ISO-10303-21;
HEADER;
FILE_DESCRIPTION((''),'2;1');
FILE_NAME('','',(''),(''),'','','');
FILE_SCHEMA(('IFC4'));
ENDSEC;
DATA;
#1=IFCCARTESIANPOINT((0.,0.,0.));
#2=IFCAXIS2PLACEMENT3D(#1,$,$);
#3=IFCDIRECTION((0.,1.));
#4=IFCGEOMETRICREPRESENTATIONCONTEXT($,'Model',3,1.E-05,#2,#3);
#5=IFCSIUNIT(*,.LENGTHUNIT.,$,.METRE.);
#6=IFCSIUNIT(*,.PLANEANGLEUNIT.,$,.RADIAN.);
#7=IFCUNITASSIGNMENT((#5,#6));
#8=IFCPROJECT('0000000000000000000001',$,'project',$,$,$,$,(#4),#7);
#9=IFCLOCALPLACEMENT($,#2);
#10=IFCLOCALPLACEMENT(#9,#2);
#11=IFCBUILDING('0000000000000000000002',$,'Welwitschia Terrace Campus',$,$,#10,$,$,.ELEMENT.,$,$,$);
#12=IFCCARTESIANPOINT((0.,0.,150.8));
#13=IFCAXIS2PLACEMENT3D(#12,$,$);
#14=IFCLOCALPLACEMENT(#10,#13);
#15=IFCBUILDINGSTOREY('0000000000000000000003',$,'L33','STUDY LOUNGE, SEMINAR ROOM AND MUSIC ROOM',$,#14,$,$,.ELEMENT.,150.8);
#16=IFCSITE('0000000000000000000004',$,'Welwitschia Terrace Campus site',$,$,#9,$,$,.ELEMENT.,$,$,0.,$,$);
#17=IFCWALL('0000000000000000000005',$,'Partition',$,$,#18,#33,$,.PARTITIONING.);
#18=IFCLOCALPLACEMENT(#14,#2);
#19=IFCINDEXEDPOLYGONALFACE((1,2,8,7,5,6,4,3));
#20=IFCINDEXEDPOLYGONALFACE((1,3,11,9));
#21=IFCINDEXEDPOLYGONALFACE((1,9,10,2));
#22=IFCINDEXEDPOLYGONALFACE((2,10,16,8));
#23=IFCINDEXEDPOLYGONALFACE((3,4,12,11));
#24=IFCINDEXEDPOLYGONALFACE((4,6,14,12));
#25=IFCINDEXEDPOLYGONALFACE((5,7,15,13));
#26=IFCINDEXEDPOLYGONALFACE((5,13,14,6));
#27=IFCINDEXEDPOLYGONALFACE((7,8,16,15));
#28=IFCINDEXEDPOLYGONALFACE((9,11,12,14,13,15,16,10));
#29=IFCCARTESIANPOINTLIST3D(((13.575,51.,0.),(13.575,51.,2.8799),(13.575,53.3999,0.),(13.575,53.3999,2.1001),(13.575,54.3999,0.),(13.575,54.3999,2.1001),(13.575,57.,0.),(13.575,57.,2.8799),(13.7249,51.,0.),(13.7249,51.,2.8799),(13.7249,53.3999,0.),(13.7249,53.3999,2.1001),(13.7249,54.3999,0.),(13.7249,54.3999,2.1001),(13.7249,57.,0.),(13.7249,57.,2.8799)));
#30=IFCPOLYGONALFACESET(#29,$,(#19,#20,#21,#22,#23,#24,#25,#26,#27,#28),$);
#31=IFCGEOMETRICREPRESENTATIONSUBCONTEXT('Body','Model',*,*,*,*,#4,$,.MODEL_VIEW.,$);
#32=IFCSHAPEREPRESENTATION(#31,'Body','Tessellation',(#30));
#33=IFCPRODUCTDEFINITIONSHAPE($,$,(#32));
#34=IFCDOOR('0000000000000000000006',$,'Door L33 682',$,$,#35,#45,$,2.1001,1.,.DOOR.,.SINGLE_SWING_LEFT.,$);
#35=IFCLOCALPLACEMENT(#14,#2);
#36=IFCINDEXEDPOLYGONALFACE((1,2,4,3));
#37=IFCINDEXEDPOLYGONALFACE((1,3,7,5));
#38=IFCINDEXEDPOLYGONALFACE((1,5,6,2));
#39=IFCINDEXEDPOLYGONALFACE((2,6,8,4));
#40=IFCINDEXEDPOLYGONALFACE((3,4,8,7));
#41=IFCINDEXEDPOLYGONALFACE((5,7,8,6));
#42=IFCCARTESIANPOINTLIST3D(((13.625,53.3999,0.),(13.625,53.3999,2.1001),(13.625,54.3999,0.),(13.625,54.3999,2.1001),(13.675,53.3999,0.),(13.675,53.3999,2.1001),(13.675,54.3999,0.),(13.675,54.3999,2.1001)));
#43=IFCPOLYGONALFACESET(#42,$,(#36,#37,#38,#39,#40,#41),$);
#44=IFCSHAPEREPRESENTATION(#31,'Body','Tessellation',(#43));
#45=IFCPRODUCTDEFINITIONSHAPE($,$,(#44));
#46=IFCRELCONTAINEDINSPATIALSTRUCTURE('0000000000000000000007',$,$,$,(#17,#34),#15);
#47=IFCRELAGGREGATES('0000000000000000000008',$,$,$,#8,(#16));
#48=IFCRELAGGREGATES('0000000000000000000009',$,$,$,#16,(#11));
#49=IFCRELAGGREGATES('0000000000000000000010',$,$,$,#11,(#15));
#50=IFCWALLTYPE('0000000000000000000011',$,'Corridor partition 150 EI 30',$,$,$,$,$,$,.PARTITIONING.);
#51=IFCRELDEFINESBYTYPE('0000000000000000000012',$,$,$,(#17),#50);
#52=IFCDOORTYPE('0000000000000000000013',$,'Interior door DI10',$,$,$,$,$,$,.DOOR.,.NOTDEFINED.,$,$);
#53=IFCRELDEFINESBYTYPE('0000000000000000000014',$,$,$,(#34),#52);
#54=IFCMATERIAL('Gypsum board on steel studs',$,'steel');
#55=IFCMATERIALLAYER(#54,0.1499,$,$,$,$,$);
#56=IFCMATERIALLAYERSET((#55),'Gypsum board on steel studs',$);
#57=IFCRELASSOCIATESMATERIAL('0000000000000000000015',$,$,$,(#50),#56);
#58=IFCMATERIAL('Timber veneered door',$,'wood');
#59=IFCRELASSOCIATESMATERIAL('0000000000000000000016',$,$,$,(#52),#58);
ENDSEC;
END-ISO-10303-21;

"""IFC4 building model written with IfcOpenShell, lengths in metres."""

from ifc_helpers import new_model, si_unit, direction, frame, frame_2d, origin, place, context, subcontext, project, spatial, rectangle, extrude, material, layer, layer_set, type_object, element, fill, save


model = new_model("IFC4")

# Units and contexts
model_context = context("Model", 3, precision=1e-05, world=origin(), true_north=direction((0.0, 1.0)))
body_context = subcontext(model_context, "Body", "Model", "MODEL_VIEW")
ifc_project = project(units=[si_unit("LENGTHUNIT", "METRE"), si_unit("PLANEANGLEUNIT", "RADIAN")], contexts=[model_context])

# Site, building, storey
site_placement = place(None, origin())
site = spatial("IfcSite", under=ifc_project, at=site_placement, Name="Welwitschia Terrace Campus site", CompositionType="ELEMENT", RefElevation=0.0)
building_placement = place(site_placement, origin())
building = spatial("IfcBuilding", under=site, at=building_placement, Name="Welwitschia Terrace Campus", CompositionType="ELEMENT")
storey_placement = place(building_placement, frame((0.0, 0.0, 150.8)))
storey = spatial("IfcBuildingStorey", under=building, at=storey_placement, Name="L33", Description="STUDY LOUNGE, SEMINAR ROOM AND MUSIC ROOM", CompositionType="ELEMENT", Elevation=150.8)

# Shared definitions
ifc_material_1 = material(Name="Gypsum board on steel studs", Category="steel")
ifc_layer_1 = layer(ifc_material_1, 0.1499)
ifc_layer_set_1 = layer_set([ifc_layer_1], Name="Gypsum board on steel studs")
wall_type = type_object("IfcWallType", Name="Corridor partition 150 EI 30", PredefinedType="PARTITIONING", material=ifc_layer_set_1)

# Wall, opening, door
ifc_material_2 = material(Name="Timber veneered door", Category="wood")
door_type = type_object("IfcDoorType", Name="Interior door DI10", OperationType="NOTDEFINED", PredefinedType="DOOR", material=ifc_material_2)
wall_1_placement = place(storey_placement, frame((13.6499, 51.0, 0.0), z_axis=(0.0, 0.0, 1.0), x_axis=(0.0, 1.0, 0.0)))
wall_1 = element("IfcWall", 1, at=wall_1_placement, inside=storey, type_object=wall_type, Name="Partition", PredefinedType="PARTITIONING", context=body_context, shape_type="SweptSolid", body=[
    extrude(rectangle(XDim=6.0, YDim=0.1499, at=frame_2d((3.0, 0.0))), origin(), (0.0, 0.0, 1.0), 2.8799),
])
opening_1_placement = place(wall_1_placement, frame((2.3999, 0.0, 0.0)))
opening_1 = element("IfcOpeningElement", 2, at=opening_1_placement, cuts=wall_1, PredefinedType="OPENING", context=body_context, shape_type="SweptSolid", body=[
    extrude(rectangle(XDim=1.0, YDim=2.1001, at=frame_2d((0.5, 1.05))), frame((0.0, 0.085, 0.0), z_axis=(0.0, -1.0, 0.0), x_axis=(1.0, 0.0, 0.0)), (0.0, 0.0, 1.0), 0.1699),
])
door_1_placement = place(opening_1_placement, origin())
door_1 = element("IfcDoor", 3, at=door_1_placement, inside=storey, type_object=door_type, Name="Door L33 682", OperationType="SINGLE_SWING_LEFT", OverallHeight=2.1001, OverallWidth=1.0, PredefinedType="DOOR", context=body_context, shape_type="SweptSolid", body=[
    extrude(rectangle(XDim=1.0, YDim=2.1001, at=frame_2d((0.5, 1.05))), frame((0.0, 0.0249, 0.0), z_axis=(0.0, -1.0, 0.0), x_axis=(1.0, 0.0, 0.0)), (0.0, 0.0, 1.0), 0.05),
])
fill(opening_1, door_1)

save(model, "model.ifc")
